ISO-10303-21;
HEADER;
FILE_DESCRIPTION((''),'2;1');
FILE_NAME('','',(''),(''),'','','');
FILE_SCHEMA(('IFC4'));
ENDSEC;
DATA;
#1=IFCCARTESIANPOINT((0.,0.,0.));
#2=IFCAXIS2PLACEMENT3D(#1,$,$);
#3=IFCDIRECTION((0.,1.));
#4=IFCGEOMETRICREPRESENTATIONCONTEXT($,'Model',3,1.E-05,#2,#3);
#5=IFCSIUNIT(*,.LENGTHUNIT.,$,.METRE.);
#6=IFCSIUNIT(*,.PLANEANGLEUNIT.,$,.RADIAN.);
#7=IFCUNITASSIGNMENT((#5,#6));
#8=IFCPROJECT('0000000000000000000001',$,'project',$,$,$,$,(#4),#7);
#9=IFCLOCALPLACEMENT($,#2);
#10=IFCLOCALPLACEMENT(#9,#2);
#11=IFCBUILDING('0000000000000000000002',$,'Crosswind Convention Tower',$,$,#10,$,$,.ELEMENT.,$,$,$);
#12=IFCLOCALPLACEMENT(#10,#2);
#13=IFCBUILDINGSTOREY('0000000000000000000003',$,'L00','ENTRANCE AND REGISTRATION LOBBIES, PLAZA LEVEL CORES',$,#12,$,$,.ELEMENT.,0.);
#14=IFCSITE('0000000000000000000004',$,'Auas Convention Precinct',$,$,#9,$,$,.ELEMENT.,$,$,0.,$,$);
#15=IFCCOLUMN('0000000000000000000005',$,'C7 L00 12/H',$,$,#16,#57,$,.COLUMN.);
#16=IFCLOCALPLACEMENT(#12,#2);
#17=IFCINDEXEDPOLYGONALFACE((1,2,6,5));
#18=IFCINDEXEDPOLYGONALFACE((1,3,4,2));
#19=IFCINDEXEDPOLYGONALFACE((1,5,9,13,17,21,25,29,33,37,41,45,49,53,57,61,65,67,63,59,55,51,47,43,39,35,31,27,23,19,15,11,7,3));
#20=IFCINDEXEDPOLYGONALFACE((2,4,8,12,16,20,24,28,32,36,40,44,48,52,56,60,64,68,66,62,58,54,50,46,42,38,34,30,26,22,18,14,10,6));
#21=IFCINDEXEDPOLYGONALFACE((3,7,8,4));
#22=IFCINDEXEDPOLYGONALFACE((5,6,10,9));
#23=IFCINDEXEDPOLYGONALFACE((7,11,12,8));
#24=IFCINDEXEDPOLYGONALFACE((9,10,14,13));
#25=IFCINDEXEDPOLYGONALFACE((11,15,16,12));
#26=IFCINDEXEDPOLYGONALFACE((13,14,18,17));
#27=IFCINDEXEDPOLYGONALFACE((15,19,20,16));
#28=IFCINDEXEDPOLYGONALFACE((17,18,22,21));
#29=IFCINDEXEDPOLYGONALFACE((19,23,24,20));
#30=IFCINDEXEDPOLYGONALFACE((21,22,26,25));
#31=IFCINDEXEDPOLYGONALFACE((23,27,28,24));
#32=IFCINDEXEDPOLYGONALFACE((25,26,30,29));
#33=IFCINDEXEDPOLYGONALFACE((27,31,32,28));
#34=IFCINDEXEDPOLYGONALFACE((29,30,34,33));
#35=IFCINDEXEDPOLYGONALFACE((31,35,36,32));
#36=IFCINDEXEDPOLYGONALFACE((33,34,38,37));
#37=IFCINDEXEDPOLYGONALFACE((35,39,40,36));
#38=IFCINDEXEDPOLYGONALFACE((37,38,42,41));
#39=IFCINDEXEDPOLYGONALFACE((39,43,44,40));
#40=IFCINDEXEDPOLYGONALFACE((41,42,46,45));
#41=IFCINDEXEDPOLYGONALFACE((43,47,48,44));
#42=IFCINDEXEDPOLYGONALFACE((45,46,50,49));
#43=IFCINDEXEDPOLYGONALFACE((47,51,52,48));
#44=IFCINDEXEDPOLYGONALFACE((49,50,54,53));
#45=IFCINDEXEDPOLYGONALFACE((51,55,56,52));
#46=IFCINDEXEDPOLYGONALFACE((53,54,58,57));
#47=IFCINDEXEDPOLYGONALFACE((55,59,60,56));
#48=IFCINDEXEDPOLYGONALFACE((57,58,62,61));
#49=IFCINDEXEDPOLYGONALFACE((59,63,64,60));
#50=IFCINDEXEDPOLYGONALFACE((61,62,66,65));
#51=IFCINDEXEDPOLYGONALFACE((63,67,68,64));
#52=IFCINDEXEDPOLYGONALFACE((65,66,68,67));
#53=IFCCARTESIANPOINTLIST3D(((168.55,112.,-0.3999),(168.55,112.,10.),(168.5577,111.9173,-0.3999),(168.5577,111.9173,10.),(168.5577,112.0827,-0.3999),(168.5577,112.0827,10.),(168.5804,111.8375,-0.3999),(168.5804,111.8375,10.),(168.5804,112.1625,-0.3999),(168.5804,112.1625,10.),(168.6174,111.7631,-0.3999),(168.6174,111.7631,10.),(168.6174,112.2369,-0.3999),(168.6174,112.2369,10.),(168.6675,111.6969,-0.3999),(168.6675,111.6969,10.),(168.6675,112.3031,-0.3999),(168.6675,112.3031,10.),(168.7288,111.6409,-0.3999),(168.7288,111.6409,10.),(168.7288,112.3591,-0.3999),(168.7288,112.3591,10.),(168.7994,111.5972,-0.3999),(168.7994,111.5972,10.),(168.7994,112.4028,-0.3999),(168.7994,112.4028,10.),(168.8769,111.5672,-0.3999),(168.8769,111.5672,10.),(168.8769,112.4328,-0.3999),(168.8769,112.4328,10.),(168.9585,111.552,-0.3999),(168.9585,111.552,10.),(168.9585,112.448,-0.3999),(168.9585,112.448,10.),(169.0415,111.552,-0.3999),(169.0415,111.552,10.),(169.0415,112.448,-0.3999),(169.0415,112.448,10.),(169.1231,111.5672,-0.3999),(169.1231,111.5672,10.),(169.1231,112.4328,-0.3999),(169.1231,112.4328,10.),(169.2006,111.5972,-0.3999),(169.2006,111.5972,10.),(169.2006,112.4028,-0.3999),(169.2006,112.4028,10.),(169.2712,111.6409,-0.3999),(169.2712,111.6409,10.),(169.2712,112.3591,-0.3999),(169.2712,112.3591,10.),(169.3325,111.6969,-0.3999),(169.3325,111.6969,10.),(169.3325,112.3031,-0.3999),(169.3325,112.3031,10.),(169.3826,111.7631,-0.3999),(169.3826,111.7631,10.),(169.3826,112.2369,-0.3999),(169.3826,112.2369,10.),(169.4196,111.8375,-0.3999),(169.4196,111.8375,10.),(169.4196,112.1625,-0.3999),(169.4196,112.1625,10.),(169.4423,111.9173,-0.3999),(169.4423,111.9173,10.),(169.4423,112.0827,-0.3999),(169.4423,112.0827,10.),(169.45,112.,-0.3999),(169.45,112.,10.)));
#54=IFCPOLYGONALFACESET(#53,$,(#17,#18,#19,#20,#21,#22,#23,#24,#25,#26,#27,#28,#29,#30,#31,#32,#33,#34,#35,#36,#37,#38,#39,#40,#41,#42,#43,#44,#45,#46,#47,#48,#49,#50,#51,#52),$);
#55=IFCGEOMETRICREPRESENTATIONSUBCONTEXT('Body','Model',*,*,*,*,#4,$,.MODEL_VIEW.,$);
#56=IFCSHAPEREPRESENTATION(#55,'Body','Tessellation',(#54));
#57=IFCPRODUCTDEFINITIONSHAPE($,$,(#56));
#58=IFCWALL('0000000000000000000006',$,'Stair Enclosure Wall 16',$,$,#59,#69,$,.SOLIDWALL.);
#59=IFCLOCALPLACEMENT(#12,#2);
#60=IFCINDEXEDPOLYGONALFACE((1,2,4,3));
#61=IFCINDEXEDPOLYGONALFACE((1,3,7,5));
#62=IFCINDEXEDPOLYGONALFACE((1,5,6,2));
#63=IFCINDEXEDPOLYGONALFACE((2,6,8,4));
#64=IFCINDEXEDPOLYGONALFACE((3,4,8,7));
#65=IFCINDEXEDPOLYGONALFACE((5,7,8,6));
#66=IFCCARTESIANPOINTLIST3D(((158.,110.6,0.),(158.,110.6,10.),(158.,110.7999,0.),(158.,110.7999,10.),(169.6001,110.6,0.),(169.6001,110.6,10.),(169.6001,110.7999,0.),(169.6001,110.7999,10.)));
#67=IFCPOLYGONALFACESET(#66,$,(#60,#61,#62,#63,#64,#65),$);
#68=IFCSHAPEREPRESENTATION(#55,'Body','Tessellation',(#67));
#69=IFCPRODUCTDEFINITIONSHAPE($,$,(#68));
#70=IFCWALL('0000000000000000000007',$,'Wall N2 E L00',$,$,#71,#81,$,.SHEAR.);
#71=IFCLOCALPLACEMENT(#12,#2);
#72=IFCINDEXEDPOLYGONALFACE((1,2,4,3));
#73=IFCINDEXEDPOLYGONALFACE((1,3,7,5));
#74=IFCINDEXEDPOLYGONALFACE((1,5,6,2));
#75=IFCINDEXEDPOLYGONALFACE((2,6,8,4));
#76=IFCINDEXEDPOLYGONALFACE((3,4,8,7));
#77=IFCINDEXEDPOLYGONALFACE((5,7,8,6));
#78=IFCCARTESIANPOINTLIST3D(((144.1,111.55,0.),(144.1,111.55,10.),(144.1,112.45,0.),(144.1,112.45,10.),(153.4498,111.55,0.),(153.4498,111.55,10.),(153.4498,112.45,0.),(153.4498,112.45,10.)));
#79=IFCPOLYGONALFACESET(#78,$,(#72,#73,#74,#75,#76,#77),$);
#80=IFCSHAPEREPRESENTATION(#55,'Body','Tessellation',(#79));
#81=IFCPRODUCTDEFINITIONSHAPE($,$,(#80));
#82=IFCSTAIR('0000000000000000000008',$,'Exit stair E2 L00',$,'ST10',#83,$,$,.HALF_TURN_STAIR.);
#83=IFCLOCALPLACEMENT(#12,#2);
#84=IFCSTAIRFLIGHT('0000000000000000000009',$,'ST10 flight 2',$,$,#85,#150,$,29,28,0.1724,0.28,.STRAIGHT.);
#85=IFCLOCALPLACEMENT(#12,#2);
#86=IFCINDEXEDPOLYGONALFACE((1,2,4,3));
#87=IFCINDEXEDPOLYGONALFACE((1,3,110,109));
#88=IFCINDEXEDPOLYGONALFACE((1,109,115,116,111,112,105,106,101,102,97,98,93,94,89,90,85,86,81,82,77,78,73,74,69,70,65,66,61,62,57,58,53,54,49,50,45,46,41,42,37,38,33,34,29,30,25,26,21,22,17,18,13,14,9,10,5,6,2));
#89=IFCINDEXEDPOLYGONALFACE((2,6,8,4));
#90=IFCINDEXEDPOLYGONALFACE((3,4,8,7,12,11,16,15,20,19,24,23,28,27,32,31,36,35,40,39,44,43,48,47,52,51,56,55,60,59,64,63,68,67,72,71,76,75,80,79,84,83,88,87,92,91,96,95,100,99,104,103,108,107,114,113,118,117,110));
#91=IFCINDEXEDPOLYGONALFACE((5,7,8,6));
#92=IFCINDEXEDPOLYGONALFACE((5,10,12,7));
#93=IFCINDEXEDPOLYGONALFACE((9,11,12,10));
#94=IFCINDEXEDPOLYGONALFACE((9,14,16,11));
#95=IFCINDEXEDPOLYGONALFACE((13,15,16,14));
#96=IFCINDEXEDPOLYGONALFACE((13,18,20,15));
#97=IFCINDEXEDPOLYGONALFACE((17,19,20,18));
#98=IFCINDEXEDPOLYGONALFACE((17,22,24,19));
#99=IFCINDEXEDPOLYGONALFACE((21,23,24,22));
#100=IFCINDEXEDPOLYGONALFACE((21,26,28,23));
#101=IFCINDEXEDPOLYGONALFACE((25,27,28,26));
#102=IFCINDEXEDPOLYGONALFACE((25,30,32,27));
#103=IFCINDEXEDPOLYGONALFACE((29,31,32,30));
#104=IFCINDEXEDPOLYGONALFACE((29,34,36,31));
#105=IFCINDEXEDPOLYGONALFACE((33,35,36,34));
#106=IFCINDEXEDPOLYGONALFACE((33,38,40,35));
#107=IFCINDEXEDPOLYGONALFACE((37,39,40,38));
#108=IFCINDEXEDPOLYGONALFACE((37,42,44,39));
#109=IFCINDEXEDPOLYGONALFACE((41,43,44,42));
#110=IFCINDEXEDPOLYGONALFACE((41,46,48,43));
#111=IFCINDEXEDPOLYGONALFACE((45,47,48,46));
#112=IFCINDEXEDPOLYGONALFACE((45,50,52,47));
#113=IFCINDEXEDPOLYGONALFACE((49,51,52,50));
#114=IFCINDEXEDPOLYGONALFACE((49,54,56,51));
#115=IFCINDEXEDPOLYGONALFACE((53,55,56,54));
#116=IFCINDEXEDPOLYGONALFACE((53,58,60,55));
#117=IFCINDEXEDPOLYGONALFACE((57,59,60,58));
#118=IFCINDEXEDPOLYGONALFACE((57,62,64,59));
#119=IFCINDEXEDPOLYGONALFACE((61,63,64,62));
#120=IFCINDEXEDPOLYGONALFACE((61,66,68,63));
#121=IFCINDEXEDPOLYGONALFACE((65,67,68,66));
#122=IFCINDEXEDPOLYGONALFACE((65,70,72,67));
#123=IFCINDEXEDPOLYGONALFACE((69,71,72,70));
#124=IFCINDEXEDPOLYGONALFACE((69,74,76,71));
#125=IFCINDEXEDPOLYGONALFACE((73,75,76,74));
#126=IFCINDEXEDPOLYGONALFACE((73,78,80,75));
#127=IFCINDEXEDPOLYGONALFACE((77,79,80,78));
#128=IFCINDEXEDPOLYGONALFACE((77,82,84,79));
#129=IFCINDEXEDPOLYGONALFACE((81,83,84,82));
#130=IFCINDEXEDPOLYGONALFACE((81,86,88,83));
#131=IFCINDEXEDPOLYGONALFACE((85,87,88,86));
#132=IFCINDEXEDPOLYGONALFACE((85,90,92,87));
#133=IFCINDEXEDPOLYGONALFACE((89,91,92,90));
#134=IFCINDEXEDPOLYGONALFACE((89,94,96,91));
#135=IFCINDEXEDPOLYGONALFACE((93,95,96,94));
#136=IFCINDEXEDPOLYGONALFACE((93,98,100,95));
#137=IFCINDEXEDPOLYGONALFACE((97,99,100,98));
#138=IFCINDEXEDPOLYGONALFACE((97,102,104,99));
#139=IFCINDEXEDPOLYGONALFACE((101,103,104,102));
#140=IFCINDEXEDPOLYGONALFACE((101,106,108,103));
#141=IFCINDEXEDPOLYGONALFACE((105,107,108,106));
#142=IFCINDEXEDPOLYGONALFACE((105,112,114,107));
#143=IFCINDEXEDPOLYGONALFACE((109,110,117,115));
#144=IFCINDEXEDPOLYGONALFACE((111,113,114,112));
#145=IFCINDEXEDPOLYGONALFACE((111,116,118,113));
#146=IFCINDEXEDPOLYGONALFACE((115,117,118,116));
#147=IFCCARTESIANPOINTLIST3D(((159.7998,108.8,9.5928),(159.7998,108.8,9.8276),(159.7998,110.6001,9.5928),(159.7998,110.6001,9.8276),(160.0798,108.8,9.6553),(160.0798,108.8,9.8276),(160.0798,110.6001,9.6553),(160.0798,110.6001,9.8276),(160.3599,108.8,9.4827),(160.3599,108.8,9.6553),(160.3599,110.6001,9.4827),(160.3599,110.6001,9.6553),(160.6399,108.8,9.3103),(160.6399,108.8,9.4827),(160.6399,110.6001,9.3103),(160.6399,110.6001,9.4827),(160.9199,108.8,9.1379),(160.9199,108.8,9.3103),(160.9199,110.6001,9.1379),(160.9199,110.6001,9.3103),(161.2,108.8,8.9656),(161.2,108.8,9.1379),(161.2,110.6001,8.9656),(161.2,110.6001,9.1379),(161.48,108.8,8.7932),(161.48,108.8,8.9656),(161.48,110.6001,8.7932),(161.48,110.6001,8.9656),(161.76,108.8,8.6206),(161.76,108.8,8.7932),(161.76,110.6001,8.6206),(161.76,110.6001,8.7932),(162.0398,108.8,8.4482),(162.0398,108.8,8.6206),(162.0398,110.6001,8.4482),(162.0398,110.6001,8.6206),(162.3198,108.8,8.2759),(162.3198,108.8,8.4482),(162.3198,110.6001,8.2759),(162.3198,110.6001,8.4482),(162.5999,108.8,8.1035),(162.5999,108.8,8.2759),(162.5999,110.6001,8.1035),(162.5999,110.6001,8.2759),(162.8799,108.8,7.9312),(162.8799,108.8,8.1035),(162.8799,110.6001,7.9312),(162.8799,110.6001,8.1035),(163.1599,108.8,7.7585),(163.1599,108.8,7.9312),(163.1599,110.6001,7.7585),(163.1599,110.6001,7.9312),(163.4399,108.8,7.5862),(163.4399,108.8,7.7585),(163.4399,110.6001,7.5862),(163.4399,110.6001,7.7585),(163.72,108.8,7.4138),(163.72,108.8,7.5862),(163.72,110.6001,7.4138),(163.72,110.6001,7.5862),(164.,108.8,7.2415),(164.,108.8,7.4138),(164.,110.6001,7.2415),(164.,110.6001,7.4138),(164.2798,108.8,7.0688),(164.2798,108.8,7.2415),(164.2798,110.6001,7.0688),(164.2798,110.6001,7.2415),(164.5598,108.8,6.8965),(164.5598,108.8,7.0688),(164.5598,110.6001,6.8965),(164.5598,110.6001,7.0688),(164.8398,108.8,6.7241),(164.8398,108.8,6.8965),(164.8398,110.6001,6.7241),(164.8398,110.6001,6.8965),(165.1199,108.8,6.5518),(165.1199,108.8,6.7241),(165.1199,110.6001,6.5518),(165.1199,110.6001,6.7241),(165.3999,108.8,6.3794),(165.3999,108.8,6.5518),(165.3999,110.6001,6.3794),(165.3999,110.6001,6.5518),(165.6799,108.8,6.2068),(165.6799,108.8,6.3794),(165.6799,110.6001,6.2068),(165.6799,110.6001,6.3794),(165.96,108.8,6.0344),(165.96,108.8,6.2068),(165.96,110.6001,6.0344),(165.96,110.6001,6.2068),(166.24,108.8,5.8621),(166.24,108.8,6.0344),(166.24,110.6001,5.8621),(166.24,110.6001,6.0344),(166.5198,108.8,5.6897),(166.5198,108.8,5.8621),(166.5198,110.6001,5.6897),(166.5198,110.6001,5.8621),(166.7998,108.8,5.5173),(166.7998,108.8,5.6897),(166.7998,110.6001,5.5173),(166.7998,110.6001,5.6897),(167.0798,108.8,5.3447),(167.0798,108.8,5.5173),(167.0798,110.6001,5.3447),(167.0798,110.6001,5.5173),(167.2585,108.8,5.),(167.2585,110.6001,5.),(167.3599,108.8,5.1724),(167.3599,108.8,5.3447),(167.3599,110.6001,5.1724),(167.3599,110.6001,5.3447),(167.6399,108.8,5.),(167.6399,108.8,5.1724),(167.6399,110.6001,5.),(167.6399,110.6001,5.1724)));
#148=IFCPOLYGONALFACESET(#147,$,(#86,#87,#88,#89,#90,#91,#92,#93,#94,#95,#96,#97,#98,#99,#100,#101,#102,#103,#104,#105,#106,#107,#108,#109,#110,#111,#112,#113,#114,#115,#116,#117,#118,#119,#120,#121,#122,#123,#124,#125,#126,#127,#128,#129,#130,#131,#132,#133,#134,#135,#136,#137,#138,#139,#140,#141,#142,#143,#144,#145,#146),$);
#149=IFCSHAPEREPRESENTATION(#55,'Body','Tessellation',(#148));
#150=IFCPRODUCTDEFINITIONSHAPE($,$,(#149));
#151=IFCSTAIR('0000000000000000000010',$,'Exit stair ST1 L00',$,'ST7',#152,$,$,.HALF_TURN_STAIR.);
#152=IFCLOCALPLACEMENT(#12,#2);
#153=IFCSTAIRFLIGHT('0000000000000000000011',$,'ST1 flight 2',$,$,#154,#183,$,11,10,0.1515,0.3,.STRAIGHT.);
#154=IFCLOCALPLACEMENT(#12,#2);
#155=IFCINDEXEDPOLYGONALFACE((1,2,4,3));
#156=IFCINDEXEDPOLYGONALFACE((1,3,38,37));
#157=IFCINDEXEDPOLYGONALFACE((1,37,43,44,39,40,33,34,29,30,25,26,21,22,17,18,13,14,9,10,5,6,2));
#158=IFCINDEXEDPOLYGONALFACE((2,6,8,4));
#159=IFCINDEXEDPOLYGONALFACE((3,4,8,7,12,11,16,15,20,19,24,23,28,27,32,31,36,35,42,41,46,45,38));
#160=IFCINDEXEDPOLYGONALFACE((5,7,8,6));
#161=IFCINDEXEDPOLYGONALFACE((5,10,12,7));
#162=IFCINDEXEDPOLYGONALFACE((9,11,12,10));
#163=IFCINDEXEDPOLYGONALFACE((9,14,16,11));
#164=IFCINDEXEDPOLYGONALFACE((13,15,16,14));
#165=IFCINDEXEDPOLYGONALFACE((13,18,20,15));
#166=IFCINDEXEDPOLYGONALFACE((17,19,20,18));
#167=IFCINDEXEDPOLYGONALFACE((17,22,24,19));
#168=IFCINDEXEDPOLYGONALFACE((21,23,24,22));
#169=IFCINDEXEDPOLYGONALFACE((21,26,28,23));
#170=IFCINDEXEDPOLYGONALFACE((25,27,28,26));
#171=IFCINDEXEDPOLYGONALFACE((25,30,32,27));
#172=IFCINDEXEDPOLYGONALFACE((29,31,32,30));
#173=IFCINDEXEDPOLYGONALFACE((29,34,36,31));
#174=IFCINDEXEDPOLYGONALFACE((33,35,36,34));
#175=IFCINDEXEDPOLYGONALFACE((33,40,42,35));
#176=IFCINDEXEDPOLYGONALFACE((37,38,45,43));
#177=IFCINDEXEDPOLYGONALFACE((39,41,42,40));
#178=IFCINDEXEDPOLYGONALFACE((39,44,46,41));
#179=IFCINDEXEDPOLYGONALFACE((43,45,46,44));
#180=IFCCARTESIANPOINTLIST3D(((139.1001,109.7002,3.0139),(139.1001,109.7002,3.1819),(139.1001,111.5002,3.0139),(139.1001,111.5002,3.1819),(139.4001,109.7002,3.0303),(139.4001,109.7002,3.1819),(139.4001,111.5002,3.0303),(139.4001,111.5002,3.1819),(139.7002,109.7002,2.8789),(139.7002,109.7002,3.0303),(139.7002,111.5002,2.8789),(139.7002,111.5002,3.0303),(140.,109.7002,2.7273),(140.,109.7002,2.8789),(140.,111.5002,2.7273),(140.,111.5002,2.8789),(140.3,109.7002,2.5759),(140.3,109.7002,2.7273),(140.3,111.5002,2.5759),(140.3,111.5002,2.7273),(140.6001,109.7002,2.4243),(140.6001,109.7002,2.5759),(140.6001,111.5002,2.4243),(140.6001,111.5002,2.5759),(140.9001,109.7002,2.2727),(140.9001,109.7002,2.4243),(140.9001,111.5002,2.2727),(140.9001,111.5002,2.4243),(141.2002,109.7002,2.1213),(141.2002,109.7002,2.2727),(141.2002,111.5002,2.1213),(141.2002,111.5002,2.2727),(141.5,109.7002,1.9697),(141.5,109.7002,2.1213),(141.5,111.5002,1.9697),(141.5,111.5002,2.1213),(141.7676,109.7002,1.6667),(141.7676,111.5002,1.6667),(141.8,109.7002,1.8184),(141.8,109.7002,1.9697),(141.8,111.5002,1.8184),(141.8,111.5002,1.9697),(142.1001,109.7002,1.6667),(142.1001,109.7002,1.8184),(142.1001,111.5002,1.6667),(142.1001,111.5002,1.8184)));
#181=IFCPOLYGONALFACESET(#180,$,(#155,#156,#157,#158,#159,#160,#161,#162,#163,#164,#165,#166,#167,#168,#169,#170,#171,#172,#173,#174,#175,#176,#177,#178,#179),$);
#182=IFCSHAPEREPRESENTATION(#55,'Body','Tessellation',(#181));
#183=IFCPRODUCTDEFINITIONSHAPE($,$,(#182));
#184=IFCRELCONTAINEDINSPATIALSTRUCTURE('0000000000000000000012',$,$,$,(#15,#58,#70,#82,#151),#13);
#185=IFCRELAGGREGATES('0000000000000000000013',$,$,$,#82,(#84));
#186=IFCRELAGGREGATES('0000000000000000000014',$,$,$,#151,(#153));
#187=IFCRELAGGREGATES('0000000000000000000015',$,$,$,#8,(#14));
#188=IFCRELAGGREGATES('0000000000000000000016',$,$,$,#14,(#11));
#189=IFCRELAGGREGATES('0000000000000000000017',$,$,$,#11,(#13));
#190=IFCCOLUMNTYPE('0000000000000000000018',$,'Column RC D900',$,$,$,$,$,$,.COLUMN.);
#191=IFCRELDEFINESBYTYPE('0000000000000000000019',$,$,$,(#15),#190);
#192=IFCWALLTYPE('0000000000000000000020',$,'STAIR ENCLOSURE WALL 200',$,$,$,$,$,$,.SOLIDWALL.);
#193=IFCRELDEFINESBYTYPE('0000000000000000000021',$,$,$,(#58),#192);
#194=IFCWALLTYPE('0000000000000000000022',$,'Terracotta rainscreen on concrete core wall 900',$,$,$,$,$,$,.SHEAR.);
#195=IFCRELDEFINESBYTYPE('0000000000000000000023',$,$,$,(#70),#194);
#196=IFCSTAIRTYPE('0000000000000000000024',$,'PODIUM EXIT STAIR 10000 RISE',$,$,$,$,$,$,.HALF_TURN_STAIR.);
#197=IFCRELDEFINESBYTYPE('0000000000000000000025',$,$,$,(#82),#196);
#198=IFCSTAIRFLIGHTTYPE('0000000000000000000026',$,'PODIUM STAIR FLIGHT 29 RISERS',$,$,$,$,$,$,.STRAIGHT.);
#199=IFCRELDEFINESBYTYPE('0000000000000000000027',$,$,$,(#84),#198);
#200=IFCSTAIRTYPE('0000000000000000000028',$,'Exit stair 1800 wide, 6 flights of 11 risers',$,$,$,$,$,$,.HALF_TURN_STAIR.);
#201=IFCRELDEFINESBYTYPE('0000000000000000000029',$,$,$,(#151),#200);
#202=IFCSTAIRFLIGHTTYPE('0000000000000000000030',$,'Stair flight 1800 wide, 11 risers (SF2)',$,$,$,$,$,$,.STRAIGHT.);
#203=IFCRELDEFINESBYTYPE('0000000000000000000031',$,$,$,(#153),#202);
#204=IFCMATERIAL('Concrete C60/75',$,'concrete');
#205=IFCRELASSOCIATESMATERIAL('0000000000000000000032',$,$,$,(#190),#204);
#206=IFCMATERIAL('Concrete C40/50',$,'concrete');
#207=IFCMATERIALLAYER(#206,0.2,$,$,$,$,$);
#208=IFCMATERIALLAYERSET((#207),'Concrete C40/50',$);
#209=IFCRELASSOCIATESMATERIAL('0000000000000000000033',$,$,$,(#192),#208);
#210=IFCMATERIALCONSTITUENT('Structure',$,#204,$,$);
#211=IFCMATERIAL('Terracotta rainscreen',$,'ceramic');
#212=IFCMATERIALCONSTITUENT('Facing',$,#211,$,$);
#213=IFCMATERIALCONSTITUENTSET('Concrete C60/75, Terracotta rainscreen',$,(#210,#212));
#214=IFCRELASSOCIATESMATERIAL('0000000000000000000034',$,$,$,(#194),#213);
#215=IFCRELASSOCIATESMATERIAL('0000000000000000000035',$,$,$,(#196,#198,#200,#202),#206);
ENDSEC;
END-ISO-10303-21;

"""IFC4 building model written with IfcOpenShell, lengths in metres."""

from ifc_helpers import new_model, si_unit, direction, frame, frame_2d, origin, origin_2d, place, context, subcontext, project, spatial, polyline, rectangle, circle, outline, extrude, material, layer, layer_set, constituent, constituent_set, material_profile, profile_set, type_object, element, aggregate, save


model = new_model("IFC4")

# Units and contexts
model_context = context("Model", 3, precision=1e-05, world=origin(), true_north=direction((0.0, 1.0)))
body_context = subcontext(model_context, "Body", "Model", "MODEL_VIEW")
ifc_project = project(units=[si_unit("LENGTHUNIT", "METRE"), si_unit("PLANEANGLEUNIT", "RADIAN")], contexts=[model_context])

# Site, building, storey
site_placement = place(None, origin())
site = spatial("IfcSite", under=ifc_project, at=site_placement, Name="Auas Convention Precinct", CompositionType="ELEMENT", RefElevation=0.0)
building_placement = place(site_placement, origin())
building = spatial("IfcBuilding", under=site, at=building_placement, Name="Crosswind Convention Tower", CompositionType="ELEMENT")
storey_placement = place(building_placement, origin())
storey = spatial("IfcBuildingStorey", under=building, at=storey_placement, Name="L00", Description="ENTRANCE AND REGISTRATION LOBBIES, PLAZA LEVEL CORES", CompositionType="ELEMENT", Elevation=0.0)

# Shared definitions
ifc_material_1 = material(Name="Concrete C40/50", Category="concrete")

# Column
ifc_material_2 = material(Name="Concrete C60/75", Category="concrete")
ifc_material_profile_1 = material_profile(ifc_material_2, circle(Radius=0.45, at=origin_2d()), Name="RC D900")
ifc_profile_set_1 = profile_set([ifc_material_profile_1], Name="Concrete C60/75")
column_type_1 = type_object("IfcColumnType", Name="Column RC D900", PredefinedType="COLUMN", material=ifc_profile_set_1)
column_1_placement = place(storey_placement, frame((169.0, 112.0, -0.3999), z_axis=(0.0, 0.0, 1.0), x_axis=(1.0, 0.0, 0.0)))
element("IfcColumn", 1, at=column_1_placement, inside=storey, type_object=column_type_1, Name="C7 L00 12/H", PredefinedType="COLUMN", context=body_context, shape_type="SweptSolid", body=[
    extrude(circle(Radius=0.45, at=origin_2d()), origin(), (0.0, 0.0, 1.0), 10.3999),
])

# Walls
ifc_layer_1 = layer(ifc_material_1, 0.2)
ifc_layer_set_1 = layer_set([ifc_layer_1], Name="Concrete C40/50")
wall_type_1 = type_object("IfcWallType", Name="STAIR ENCLOSURE WALL 200", PredefinedType="SOLIDWALL", material=ifc_layer_set_1)
wall_1_placement = place(storey_placement, frame((158.0, 110.7, 0.0), z_axis=(0.0, 0.0, 1.0), x_axis=(1.0, 0.0, 0.0)))
element("IfcWall", 2, at=wall_1_placement, inside=storey, type_object=wall_type_1, Name="Stair Enclosure Wall 16", PredefinedType="SOLIDWALL", context=body_context, shape_type="SweptSolid", body=[
    extrude(rectangle(XDim=11.6001, YDim=0.2, at=frame_2d((5.8, 0.0))), origin(), (0.0, 0.0, 1.0), 10.0),
])
ifc_constituent_1 = constituent(ifc_material_2, Name="Structure")
ifc_material_3 = material(Name="Terracotta rainscreen", Category="ceramic")
ifc_constituent_2 = constituent(ifc_material_3, Name="Facing")
ifc_constituent_set = constituent_set(constituents=[ifc_constituent_1, ifc_constituent_2], Name="Concrete C60/75, Terracotta rainscreen")
wall_type_2 = type_object("IfcWallType", Name="Terracotta rainscreen on concrete core wall 900", PredefinedType="SHEAR", material=ifc_constituent_set)
wall_2_placement = place(storey_placement, frame((144.1001, 112.0, 0.0), z_axis=(0.0, 0.0, 1.0), x_axis=(1.0, 0.0, 0.0)))
element("IfcWall", 3, at=wall_2_placement, inside=storey, type_object=wall_type_2, Name="Wall N2 E L00", PredefinedType="SHEAR", context=body_context, shape_type="SweptSolid", body=[
    extrude(rectangle(XDim=9.3499, YDim=0.8999, at=frame_2d((4.6748, 0.0))), origin(), (0.0, 0.0, 1.0), 10.0),
])

# Stair, stair flight
stair_type_1 = type_object("IfcStairType", Name="PODIUM EXIT STAIR 10000 RISE", PredefinedType="HALF_TURN_STAIR", material=ifc_material_1)
stair_1_placement = place(storey_placement, origin())
stair_1 = element("IfcStair", 4, at=stair_1_placement, inside=storey, type_object=stair_type_1, Name="Exit stair E2 L00", ObjectType="ST10", PredefinedType="HALF_TURN_STAIR")
stair_flight_type_1 = type_object("IfcStairFlightType", Name="PODIUM STAIR FLIGHT 29 RISERS", PredefinedType="STRAIGHT", material=ifc_material_1)
stair_flight_1_placement = place(storey_placement, frame((167.6399, 109.7, 5.0), z_axis=(0.0, 0.0, 1.0), x_axis=(-1.0, 0.0, 0.0)))
stair_flight_1 = element("IfcStairFlight", 5, at=stair_flight_1_placement, type_object=stair_flight_type_1, Name="ST10 flight 2", NumberOfRisers=29, NumberOfTreads=28, PredefinedType="STRAIGHT", RiserHeight=0.1724, TreadLength=0.28, context=body_context, shape_type="SweptSolid", body=[
    extrude(outline(polyline([(0.0, 0.0), (0.0, 0.1724), (0.28, 0.1724), (0.28, 0.3447), (0.5601, 0.3447), (0.5601, 0.5173), (0.8401, 0.5173), (0.8401, 0.6897), (1.1201, 0.6897), (1.1201, 0.8621), (1.3999, 0.8621), (1.3999, 1.0344), (1.6799, 1.0344), (1.6799, 1.2068), (1.96, 1.2068), (1.96, 1.3794), (2.24, 1.3794), (2.24, 1.5518), (2.52, 1.5518), (2.52, 1.7241), (2.8, 1.7241), (2.8, 1.8965), (3.0801, 1.8965), (3.0801, 2.0688), (3.3601, 2.0688), (3.3601, 2.2415), (3.6399, 2.2415), (3.6399, 2.4138), (3.9199, 2.4138), (3.9199, 2.5862), (4.2, 2.5862), (4.2, 2.7585), (4.48, 2.7585), (4.48, 2.9312), (4.76, 2.9312), (4.76, 3.1035), (5.04, 3.1035), (5.04, 3.2759), (5.3201, 3.2759), (5.3201, 3.4482), (5.6001, 3.4482), (5.6001, 3.6206), (5.8799, 3.6206), (5.8799, 3.7932), (6.1599, 3.7932), (6.1599, 3.9656), (6.4399, 3.9656), (6.4399, 4.1379), (6.72, 4.1379), (6.72, 4.3103), (7.0, 4.3103), (7.0, 4.4827), (7.28, 4.4827), (7.28, 4.6553), (7.5601, 4.6553), (7.5601, 4.8276), (7.8401, 4.8276), (7.8401, 5.0), (7.8401, 4.5928), (0.3813, 0.0), (0.0, 0.0)])), frame((0.0, 0.8999, 0.0), z_axis=(0.0, -1.0, 0.0), x_axis=(1.0, 0.0, 0.0)), (0.0, 0.0, 1.0), 1.8),
])
aggregate(stair_1, [stair_flight_1])

# Stair, stair flight
stair_type_2 = type_object("IfcStairType", Name="Exit stair 1800 wide, 6 flights of 11 risers", PredefinedType="HALF_TURN_STAIR", material=ifc_material_1)
stair_2_placement = place(storey_placement, origin())
stair_2 = element("IfcStair", 6, at=stair_2_placement, inside=storey, type_object=stair_type_2, Name="Exit stair ST1 L00", ObjectType="ST7", PredefinedType="HALF_TURN_STAIR")
stair_flight_type_2 = type_object("IfcStairFlightType", Name="Stair flight 1800 wide, 11 risers (SF2)", PredefinedType="STRAIGHT", material=ifc_material_1)
stair_flight_2_placement = place(storey_placement, frame((142.1001, 110.6001, 1.6667), z_axis=(0.0, 0.0, 1.0), x_axis=(-1.0, 0.0, 0.0)))
stair_flight_2 = element("IfcStairFlight", 7, at=stair_flight_2_placement, type_object=stair_flight_type_2, Name="ST1 flight 2", NumberOfRisers=11, NumberOfTreads=10, PredefinedType="STRAIGHT", RiserHeight=0.1515, TreadLength=0.3, context=body_context, shape_type="SweptSolid", body=[
    extrude(outline(polyline([(0.0, 0.0), (0.0, 0.1516), (0.3, 0.1516), (0.3, 0.303), (0.6001, 0.303), (0.6001, 0.4546), (0.8999, 0.4546), (0.8999, 0.606), (1.2, 0.606), (1.2, 0.7576), (1.5, 0.7576), (1.5, 0.9092), (1.8, 0.9092), (1.8, 1.0605), (2.1001, 1.0605), (2.1001, 1.2122), (2.3999, 1.2122), (2.3999, 1.3635), (2.7, 1.3635), (2.7, 1.5151), (3.0, 1.5151), (3.0, 1.6667), (3.0, 1.3472), (0.3325, 0.0), (0.0, 0.0)])), frame((0.0, 0.8999, 0.0), z_axis=(0.0, -1.0, 0.0), x_axis=(1.0, 0.0, 0.0)), (0.0, 0.0, 1.0), 1.8),
])
aggregate(stair_2, [stair_flight_2])

save(model, "model.ifc")
